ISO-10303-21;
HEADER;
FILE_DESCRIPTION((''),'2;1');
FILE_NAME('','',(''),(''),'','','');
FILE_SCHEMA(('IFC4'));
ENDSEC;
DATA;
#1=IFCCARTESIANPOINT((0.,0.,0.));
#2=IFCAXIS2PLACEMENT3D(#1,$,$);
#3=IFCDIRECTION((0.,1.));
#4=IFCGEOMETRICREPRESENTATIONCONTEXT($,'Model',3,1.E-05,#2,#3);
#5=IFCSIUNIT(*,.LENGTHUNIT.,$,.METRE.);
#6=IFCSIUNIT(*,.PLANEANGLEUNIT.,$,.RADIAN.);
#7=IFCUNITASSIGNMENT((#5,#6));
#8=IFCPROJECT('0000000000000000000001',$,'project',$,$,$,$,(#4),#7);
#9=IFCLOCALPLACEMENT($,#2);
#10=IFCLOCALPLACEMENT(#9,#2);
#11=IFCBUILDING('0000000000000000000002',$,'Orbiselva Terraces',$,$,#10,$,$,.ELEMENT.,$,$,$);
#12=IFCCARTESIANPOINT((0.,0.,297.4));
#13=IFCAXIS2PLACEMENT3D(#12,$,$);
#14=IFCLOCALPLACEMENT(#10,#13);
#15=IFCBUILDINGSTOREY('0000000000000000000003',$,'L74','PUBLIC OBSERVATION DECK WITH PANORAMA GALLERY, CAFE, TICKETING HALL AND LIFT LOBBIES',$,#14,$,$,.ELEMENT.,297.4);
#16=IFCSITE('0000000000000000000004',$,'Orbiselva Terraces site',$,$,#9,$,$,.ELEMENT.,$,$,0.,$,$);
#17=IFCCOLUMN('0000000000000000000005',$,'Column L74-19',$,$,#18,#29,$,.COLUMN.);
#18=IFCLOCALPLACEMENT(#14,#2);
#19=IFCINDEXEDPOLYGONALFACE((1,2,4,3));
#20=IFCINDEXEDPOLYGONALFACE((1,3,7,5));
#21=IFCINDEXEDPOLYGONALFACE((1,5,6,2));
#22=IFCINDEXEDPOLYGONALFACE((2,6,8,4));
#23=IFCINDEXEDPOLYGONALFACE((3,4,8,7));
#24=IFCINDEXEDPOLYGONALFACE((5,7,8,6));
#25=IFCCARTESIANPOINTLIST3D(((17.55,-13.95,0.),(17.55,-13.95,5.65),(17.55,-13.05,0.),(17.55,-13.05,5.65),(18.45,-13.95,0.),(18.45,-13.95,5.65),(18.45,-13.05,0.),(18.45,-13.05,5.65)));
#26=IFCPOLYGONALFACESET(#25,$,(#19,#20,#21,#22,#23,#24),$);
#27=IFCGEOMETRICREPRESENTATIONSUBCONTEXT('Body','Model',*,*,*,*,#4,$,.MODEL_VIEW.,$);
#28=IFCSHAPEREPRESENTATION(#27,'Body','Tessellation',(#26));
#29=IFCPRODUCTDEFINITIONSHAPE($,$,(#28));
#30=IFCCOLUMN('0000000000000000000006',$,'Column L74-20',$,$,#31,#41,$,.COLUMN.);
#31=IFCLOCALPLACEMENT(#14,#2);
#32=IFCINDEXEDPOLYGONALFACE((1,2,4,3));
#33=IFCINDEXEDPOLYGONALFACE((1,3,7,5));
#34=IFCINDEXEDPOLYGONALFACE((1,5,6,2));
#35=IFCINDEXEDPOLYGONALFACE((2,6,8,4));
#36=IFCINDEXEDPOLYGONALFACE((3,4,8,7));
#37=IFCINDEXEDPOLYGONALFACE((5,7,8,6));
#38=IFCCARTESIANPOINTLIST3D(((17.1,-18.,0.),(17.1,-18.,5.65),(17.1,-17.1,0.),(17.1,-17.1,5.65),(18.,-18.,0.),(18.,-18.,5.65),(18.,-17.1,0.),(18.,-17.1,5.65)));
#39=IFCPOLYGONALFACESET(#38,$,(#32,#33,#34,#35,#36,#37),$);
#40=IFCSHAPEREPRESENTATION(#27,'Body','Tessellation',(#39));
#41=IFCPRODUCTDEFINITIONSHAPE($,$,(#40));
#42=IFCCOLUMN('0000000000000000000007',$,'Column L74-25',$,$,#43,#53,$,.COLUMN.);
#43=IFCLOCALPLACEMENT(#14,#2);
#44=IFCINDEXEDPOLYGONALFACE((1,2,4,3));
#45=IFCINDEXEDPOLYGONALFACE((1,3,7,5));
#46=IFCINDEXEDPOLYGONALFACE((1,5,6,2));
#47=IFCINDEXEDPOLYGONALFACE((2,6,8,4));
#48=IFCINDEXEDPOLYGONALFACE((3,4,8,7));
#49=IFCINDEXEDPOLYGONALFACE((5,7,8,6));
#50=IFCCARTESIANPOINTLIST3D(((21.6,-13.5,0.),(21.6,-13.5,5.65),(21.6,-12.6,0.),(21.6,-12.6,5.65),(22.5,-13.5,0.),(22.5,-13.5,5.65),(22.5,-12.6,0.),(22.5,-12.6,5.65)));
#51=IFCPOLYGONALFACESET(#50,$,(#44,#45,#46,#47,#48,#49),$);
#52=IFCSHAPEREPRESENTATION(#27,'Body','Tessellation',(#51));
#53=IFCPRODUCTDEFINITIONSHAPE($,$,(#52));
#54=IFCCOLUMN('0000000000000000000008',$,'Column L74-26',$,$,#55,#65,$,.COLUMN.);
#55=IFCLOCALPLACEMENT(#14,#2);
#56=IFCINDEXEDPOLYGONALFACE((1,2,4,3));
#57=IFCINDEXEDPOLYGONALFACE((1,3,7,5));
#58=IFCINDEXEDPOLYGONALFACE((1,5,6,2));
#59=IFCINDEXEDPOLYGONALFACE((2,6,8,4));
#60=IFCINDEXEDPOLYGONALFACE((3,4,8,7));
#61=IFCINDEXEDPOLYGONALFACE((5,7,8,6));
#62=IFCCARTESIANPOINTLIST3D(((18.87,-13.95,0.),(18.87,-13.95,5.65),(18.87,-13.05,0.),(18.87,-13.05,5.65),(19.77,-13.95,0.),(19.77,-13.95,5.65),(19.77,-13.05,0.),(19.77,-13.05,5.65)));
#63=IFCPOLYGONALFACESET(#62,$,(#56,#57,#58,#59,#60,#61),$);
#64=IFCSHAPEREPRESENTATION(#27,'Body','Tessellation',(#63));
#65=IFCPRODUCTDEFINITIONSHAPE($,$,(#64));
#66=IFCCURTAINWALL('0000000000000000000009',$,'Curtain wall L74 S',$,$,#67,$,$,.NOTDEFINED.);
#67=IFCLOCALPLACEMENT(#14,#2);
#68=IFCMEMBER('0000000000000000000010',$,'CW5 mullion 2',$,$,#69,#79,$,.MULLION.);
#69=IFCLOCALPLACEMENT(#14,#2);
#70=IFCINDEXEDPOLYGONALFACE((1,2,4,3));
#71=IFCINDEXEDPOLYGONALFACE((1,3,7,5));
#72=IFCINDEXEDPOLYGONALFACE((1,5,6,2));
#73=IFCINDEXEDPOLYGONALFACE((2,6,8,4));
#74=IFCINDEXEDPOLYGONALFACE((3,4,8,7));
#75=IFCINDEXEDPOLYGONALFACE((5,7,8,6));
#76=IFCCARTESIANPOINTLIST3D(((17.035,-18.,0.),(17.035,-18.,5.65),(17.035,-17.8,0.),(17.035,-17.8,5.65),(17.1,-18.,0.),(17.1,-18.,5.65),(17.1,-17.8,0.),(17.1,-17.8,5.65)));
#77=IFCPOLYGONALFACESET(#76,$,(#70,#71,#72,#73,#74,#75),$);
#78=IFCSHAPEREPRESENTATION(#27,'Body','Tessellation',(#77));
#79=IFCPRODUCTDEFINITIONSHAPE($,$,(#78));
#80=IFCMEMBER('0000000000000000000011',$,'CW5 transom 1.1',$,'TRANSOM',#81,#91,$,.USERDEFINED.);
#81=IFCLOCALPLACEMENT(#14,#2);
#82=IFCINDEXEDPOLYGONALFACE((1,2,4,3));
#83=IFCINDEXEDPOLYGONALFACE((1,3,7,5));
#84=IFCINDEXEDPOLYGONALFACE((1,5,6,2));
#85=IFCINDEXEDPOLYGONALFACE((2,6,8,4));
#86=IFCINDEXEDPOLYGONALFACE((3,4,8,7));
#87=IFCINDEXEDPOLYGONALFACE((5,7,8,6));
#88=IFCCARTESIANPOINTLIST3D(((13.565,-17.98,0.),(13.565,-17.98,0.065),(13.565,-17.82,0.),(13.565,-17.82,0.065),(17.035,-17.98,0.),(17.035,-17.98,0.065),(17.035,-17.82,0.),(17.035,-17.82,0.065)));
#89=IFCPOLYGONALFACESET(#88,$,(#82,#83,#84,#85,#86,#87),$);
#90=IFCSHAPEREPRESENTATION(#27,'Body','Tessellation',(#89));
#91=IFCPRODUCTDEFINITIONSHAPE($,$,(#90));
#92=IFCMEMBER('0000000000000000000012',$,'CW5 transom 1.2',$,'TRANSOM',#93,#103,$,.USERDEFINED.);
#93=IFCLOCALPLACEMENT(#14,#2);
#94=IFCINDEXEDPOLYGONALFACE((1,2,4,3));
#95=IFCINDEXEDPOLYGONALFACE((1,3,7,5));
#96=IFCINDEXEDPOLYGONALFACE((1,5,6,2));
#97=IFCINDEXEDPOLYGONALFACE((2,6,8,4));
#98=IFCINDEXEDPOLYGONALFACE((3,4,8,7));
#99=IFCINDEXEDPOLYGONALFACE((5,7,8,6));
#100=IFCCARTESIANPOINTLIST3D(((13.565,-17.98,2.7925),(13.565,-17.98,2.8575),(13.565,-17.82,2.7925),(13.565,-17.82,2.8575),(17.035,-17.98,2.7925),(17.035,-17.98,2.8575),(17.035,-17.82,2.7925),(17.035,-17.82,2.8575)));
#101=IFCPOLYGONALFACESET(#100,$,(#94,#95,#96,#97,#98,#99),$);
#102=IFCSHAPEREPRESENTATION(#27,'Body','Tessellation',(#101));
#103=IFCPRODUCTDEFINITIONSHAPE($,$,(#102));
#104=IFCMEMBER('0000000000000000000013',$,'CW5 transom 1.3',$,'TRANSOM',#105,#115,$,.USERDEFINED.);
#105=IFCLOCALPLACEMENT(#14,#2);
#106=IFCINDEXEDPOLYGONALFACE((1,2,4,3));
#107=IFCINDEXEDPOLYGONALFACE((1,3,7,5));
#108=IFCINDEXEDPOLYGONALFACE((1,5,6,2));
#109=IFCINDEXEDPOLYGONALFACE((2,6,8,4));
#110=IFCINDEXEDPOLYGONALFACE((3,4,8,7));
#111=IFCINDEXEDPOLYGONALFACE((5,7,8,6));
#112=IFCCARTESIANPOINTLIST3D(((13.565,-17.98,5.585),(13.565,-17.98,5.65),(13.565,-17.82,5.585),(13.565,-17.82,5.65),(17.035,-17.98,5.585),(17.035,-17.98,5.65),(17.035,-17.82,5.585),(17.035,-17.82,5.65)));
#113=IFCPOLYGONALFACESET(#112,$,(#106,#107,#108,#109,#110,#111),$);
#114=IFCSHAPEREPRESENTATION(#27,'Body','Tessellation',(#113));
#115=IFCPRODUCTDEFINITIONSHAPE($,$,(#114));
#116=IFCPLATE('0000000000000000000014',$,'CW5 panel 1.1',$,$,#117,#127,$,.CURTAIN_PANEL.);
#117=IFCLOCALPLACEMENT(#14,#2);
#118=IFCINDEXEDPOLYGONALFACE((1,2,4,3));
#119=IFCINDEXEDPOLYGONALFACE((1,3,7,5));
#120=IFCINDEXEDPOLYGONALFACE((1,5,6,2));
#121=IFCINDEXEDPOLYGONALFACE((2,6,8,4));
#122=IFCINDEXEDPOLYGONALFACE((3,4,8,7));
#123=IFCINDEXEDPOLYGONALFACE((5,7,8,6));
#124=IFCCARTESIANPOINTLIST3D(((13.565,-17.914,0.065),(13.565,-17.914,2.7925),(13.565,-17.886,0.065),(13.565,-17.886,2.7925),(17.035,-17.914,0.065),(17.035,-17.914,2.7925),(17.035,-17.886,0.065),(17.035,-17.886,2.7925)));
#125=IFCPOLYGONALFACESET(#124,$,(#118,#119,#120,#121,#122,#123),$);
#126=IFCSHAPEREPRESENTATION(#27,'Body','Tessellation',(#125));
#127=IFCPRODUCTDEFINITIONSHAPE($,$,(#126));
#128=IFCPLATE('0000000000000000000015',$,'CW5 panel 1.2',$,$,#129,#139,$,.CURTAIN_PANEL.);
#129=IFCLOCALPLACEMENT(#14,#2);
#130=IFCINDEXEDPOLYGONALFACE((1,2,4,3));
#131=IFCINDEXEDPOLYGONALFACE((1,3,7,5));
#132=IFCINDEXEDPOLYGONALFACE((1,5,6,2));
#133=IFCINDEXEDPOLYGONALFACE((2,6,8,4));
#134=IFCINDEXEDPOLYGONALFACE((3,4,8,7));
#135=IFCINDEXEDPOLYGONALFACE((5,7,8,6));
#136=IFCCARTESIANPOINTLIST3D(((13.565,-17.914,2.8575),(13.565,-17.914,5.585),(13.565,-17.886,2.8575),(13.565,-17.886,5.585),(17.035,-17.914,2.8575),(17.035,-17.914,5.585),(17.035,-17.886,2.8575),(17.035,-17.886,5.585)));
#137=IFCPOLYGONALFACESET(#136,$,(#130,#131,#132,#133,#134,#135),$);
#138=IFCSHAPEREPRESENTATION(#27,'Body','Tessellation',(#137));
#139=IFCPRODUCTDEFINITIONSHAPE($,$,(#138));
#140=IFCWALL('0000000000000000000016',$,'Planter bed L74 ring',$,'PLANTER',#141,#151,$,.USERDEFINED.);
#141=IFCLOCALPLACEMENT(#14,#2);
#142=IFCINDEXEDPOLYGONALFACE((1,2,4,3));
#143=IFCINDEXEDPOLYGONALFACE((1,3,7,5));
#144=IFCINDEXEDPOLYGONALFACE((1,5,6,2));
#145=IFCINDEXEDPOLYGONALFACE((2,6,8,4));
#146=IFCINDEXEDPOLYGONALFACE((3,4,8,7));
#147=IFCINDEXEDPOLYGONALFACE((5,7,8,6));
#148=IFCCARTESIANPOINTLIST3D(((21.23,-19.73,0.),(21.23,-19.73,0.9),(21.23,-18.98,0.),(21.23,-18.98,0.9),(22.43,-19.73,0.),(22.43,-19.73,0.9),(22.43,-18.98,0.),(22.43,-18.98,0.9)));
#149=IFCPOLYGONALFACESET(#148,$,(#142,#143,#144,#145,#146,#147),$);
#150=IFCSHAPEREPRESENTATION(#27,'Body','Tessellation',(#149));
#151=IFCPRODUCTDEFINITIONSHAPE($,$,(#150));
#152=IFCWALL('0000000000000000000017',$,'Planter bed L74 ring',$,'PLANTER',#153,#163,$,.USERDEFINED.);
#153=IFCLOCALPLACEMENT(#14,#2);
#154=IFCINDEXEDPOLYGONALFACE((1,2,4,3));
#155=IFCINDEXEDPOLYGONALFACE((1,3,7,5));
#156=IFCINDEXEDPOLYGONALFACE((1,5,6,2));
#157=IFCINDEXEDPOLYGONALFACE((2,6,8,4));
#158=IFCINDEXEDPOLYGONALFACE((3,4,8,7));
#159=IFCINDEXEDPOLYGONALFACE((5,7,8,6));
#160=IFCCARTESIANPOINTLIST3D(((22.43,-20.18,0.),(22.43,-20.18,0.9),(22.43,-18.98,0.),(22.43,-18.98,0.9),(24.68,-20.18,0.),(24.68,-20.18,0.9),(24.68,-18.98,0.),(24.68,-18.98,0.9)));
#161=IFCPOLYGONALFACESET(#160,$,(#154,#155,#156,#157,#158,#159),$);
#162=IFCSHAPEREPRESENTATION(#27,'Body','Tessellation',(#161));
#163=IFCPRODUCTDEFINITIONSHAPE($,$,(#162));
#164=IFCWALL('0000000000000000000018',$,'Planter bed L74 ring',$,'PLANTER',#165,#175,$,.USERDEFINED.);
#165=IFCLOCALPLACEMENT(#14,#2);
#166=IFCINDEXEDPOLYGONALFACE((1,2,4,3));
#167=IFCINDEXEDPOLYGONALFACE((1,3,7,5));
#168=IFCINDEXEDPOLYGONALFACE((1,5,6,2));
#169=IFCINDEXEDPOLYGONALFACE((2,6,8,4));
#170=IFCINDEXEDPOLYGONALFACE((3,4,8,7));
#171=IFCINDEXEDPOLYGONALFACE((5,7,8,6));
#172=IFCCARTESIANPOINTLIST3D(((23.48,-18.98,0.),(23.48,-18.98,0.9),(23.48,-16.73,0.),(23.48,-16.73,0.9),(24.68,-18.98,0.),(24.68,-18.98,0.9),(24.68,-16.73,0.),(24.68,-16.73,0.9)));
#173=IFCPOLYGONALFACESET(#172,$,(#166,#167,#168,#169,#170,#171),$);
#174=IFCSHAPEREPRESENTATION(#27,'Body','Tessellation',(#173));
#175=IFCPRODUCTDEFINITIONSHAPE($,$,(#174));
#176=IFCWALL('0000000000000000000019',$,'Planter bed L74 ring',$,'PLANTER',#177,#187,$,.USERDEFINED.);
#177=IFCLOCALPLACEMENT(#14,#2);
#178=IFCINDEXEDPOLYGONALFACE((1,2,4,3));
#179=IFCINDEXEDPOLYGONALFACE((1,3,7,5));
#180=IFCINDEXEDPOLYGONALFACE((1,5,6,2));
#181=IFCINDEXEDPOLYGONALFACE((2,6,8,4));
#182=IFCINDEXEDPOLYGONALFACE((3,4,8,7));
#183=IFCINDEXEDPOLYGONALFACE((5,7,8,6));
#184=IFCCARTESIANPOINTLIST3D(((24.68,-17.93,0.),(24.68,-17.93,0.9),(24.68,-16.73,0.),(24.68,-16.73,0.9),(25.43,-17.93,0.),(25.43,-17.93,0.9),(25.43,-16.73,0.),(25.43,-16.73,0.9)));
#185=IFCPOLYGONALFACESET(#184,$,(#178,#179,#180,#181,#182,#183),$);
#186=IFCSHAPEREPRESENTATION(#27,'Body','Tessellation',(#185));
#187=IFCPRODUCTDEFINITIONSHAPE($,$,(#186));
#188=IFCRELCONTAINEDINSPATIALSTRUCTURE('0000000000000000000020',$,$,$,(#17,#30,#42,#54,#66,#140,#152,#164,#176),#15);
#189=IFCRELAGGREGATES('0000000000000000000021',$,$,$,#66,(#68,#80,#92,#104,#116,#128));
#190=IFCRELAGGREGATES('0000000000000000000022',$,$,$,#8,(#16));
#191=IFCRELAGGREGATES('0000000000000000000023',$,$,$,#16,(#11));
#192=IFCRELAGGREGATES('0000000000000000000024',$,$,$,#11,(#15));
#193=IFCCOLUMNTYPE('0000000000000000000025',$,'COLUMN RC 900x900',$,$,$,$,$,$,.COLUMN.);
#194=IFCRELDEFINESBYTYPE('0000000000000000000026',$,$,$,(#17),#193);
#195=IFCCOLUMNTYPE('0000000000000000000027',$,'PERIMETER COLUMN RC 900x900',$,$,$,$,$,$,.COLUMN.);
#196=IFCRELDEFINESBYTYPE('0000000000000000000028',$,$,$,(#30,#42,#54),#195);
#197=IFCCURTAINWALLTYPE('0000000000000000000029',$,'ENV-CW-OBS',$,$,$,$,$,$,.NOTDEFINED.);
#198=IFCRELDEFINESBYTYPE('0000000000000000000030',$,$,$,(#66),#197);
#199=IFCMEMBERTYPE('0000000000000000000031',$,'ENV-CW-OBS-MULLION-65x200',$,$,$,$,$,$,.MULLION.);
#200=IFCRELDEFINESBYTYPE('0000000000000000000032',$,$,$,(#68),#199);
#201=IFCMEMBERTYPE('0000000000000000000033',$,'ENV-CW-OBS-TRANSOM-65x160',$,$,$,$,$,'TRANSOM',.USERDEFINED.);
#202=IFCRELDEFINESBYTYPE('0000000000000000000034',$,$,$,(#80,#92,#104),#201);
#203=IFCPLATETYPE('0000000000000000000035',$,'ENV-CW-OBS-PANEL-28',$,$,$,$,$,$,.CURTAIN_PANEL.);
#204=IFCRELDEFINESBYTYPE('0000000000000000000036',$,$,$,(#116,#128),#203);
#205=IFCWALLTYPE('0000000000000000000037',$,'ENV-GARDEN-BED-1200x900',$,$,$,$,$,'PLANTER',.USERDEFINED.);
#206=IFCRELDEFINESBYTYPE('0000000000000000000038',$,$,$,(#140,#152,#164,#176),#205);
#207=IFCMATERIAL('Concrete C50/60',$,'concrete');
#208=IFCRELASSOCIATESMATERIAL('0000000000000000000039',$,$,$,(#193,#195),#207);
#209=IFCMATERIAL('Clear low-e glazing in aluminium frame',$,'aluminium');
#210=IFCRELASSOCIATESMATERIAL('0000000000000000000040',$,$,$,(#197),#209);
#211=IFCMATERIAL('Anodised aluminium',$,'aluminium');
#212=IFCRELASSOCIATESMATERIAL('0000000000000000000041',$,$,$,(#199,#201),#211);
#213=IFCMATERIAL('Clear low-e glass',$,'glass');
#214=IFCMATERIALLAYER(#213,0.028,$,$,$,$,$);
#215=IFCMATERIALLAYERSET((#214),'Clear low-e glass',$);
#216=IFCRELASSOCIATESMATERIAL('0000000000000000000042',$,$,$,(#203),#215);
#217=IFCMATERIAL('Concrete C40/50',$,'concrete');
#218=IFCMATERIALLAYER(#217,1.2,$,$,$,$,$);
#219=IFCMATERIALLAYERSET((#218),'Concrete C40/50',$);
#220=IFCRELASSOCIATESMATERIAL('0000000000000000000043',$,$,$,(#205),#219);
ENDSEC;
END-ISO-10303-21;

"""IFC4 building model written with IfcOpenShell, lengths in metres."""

from ifc_helpers import new_model, si_unit, direction, frame, frame_2d, origin, origin_2d, place, context, subcontext, project, spatial, rectangle, extrude, material, layer, layer_set, material_profile, profile_set, type_object, element, aggregate, save


model = new_model("IFC4")

# Units and contexts
model_context = context("Model", 3, precision=1e-05, world=origin(), true_north=direction((0.0, 1.0)))
body_context = subcontext(model_context, "Body", "Model", "MODEL_VIEW")
ifc_project = project(units=[si_unit("LENGTHUNIT", "METRE"), si_unit("PLANEANGLEUNIT", "RADIAN")], contexts=[model_context])

# Site, building, storey
site_placement = place(None, origin())
site = spatial("IfcSite", under=ifc_project, at=site_placement, Name="Orbiselva Terraces site", CompositionType="ELEMENT", RefElevation=0.0)
building_placement = place(site_placement, origin())
building = spatial("IfcBuilding", under=site, at=building_placement, Name="Orbiselva Terraces", CompositionType="ELEMENT")
storey_placement = place(building_placement, frame((0.0, 0.0, 297.4)))
storey = spatial("IfcBuildingStorey", under=building, at=storey_placement, Name="L74", Description="PUBLIC OBSERVATION DECK WITH PANORAMA GALLERY, CAFE, TICKETING HALL AND LIFT LOBBIES", CompositionType="ELEMENT", Elevation=297.4)

# Columns
ifc_material_1 = material(Name="Concrete C50/60", Category="concrete")
ifc_material_profile_1 = material_profile(ifc_material_1, rectangle(XDim=0.9, YDim=0.9, at=origin_2d()), Name="RC 900x900")
ifc_profile_set_1 = profile_set([ifc_material_profile_1], Name="Concrete C50/60")
column_type_1 = type_object("IfcColumnType", Name="COLUMN RC 900x900", PredefinedType="COLUMN", material=ifc_profile_set_1)
column_placement = place(storey_placement, frame((18.0, -13.5, 0.0), z_axis=(0.0, 0.0, 1.0), x_axis=(1.0, 0.0, 0.0)))
element("IfcColumn", 1, at=column_placement, inside=storey, type_object=column_type_1, Name="Column L74-19", PredefinedType="COLUMN", context=body_context, shape_type="SweptSolid", body=[
    extrude(rectangle(XDim=0.9, YDim=0.9, at=origin_2d()), origin(), (0.0, 0.0, 1.0), 5.65),
])
ifc_material_profile_2 = material_profile(ifc_material_1, rectangle(XDim=0.9, YDim=0.9, at=origin_2d()), Name="RC 900x900")
ifc_profile_set_2 = profile_set([ifc_material_profile_2], Name="Concrete C50/60")
column_type_2 = type_object("IfcColumnType", Name="PERIMETER COLUMN RC 900x900", PredefinedType="COLUMN", material=ifc_profile_set_2)
for number, where, z_axis, x_axis, name in (
    (2, (17.55, -17.55, 0.0), (0.0, 0.0, 1.0), (1.0, 0.0, 0.0), "Column L74-20"),
    (3, (22.05, -13.05, 0.0), (0.0, 0.0, 1.0), (1.0, 0.0, 0.0), "Column L74-25"),
    (4, (19.32, -13.5, 0.0), (0.0, 0.0, 1.0), (1.0, 0.0, 0.0), "Column L74-26"),
):
    element("IfcColumn", number, at=place(storey_placement, frame(where, z_axis=z_axis, x_axis=x_axis)), inside=storey, type_object=column_type_2, Name=name, PredefinedType="COLUMN", context=body_context, shape_type="SweptSolid", body=[
        extrude(rectangle(XDim=0.9, YDim=0.9, at=origin_2d()), origin(), (0.0, 0.0, 1.0), 5.65),
    ])

# Curtain wall, members, plates
ifc_material_2 = material(Name="Clear low-e glazing in aluminium frame", Category="aluminium")
curtain_wall_type = type_object("IfcCurtainWallType", Name="ENV-CW-OBS", PredefinedType="NOTDEFINED", material=ifc_material_2)
curtain_wall_placement = place(storey_placement, origin())
curtain_wall = element("IfcCurtainWall", 5, at=curtain_wall_placement, inside=storey, type_object=curtain_wall_type, Name="Curtain wall L74 S", PredefinedType="NOTDEFINED")
ifc_material_3 = material(Name="Anodised aluminium", Category="aluminium")
ifc_material_profile_3 = material_profile(ifc_material_3, rectangle(XDim=0.2, YDim=0.065, at=origin_2d()), Name="AL 65x200")
ifc_profile_set_3 = profile_set([ifc_material_profile_3], Name="Anodised aluminium")
member_type_1 = type_object("IfcMemberType", Name="ENV-CW-OBS-MULLION-65x200", PredefinedType="MULLION", material=ifc_profile_set_3)
member_1_placement = place(storey_placement, frame((17.0675, -17.9, 0.0), z_axis=(0.0, 0.0, 1.0), x_axis=(0.0, 1.0, 0.0)))
member_1 = element("IfcMember", 6, at=member_1_placement, type_object=member_type_1, Name="CW5 mullion 2", PredefinedType="MULLION", context=body_context, shape_type="SweptSolid", body=[
    extrude(rectangle(XDim=0.2, YDim=0.065, at=origin_2d()), origin(), (0.0, 0.0, 1.0), 5.65),
])
ifc_material_profile_4 = material_profile(ifc_material_3, rectangle(XDim=0.16, YDim=0.065, at=origin_2d()), Name="AL 65x160")
ifc_profile_set_4 = profile_set([ifc_material_profile_4], Name="Anodised aluminium")
member_type_2 = type_object("IfcMemberType", Name="ENV-CW-OBS-TRANSOM-65x160", ElementType="TRANSOM", PredefinedType="USERDEFINED", material=ifc_profile_set_4)
member_2_placement = place(storey_placement, frame((13.565, -17.9, 0.0325), z_axis=(1.0, 0.0, 0.0), x_axis=(0.0, 1.0, 0.0)))
member_2 = element("IfcMember", 7, at=member_2_placement, type_object=member_type_2, Name="CW5 transom 1.1", ObjectType="TRANSOM", PredefinedType="USERDEFINED", context=body_context, shape_type="SweptSolid", body=[
    extrude(rectangle(XDim=0.16, YDim=0.065, at=origin_2d()), origin(), (0.0, 0.0, 1.0), 3.47),
])
member_3_placement = place(storey_placement, frame((13.565, -17.9, 2.825), z_axis=(1.0, 0.0, 0.0), x_axis=(0.0, 1.0, 0.0)))
member_3 = element("IfcMember", 8, at=member_3_placement, type_object=member_type_2, Name="CW5 transom 1.2", ObjectType="TRANSOM", PredefinedType="USERDEFINED", context=body_context, shape_type="SweptSolid", body=[
    extrude(rectangle(XDim=0.16, YDim=0.065, at=origin_2d()), origin(), (0.0, 0.0, 1.0), 3.47),
])
member_4_placement = place(storey_placement, frame((13.565, -17.9, 5.6175), z_axis=(1.0, 0.0, 0.0), x_axis=(0.0, 1.0, 0.0)))
member_4 = element("IfcMember", 9, at=member_4_placement, type_object=member_type_2, Name="CW5 transom 1.3", ObjectType="TRANSOM", PredefinedType="USERDEFINED", context=body_context, shape_type="SweptSolid", body=[
    extrude(rectangle(XDim=0.16, YDim=0.065, at=origin_2d()), origin(), (0.0, 0.0, 1.0), 3.47),
])
ifc_material_4 = material(Name="Clear low-e glass", Category="glass")
ifc_layer_1 = layer(ifc_material_4, 0.028)
ifc_layer_set_1 = layer_set([ifc_layer_1], Name="Clear low-e glass")
plate_type = type_object("IfcPlateType", Name="ENV-CW-OBS-PANEL-28", PredefinedType="CURTAIN_PANEL", material=ifc_layer_set_1)
plate_1_placement = place(storey_placement, frame((15.3, -17.9, 0.065), z_axis=(0.0, 0.0, 1.0), x_axis=(1.0, 0.0, 0.0)))
plate_1 = element("IfcPlate", 10, at=plate_1_placement, type_object=plate_type, Name="CW5 panel 1.1", PredefinedType="CURTAIN_PANEL", context=body_context, shape_type="SweptSolid", body=[
    extrude(rectangle(XDim=3.47, YDim=0.028, at=origin_2d()), origin(), (0.0, 0.0, 1.0), 2.7275),
])
plate_2_placement = place(storey_placement, frame((15.3, -17.9, 2.8575), z_axis=(0.0, 0.0, 1.0), x_axis=(1.0, 0.0, 0.0)))
plate_2 = element("IfcPlate", 11, at=plate_2_placement, type_object=plate_type, Name="CW5 panel 1.2", PredefinedType="CURTAIN_PANEL", context=body_context, shape_type="SweptSolid", body=[
    extrude(rectangle(XDim=3.47, YDim=0.028, at=origin_2d()), origin(), (0.0, 0.0, 1.0), 2.7275),
])
aggregate(curtain_wall, [member_1, member_2, member_3, member_4, plate_1, plate_2])

# Walls
ifc_material_5 = material(Name="Concrete C40/50", Category="concrete")
ifc_layer_2 = layer(ifc_material_5, 1.2)
ifc_layer_set_2 = layer_set([ifc_layer_2], Name="Concrete C40/50")
wall_type_1 = type_object("IfcWallType", Name="ENV-GARDEN-BED-1200x900", ElementType="PLANTER", PredefinedType="USERDEFINED", material=ifc_layer_set_2)
wall_1_placement = place(storey_placement, frame((21.83, -19.73, 0.0), z_axis=(0.0, 0.0, 1.0), x_axis=(0.0, 1.0, 0.0)))
element("IfcWall", 12, at=wall_1_placement, inside=storey, type_object=wall_type_1, Name="Planter bed L74 ring", ObjectType="PLANTER", PredefinedType="USERDEFINED", context=body_context, shape_type="SweptSolid", body=[
    extrude(rectangle(XDim=0.75, YDim=1.2, at=frame_2d((0.375, 0.0))), origin(), (0.0, 0.0, 1.0), 0.9),
])
for number, where, z_axis, x_axis, name in (
    (13, (22.43, -19.58, 0.0), (0.0, 0.0, 1.0), (1.0, 0.0, 0.0), "Planter bed L74 ring"),
    (14, (24.08, -18.98, 0.0), (0.0, 0.0, 1.0), (0.0, 1.0, 0.0), "Planter bed L74 ring"),
):
    element("IfcWall", number, at=place(storey_placement, frame(where, z_axis=z_axis, x_axis=x_axis)), inside=storey, type_object=wall_type_1, Name=name, ObjectType="PLANTER", PredefinedType="USERDEFINED", context=body_context, shape_type="SweptSolid", body=[
        extrude(rectangle(XDim=2.25, YDim=1.2, at=frame_2d((1.125, 0.0))), origin(), (0.0, 0.0, 1.0), 0.9),
    ])
wall_2_placement = place(storey_placement, frame((24.68, -17.33, 0.0), z_axis=(0.0, 0.0, 1.0), x_axis=(1.0, 0.0, 0.0)))
element("IfcWall", 15, at=wall_2_placement, inside=storey, type_object=wall_type_1, Name="Planter bed L74 ring", ObjectType="PLANTER", PredefinedType="USERDEFINED", context=body_context, shape_type="SweptSolid", body=[
    extrude(rectangle(XDim=0.75, YDim=1.2, at=frame_2d((0.375, 0.0))), origin(), (0.0, 0.0, 1.0), 0.9),
])

save(model, "model.ifc")
